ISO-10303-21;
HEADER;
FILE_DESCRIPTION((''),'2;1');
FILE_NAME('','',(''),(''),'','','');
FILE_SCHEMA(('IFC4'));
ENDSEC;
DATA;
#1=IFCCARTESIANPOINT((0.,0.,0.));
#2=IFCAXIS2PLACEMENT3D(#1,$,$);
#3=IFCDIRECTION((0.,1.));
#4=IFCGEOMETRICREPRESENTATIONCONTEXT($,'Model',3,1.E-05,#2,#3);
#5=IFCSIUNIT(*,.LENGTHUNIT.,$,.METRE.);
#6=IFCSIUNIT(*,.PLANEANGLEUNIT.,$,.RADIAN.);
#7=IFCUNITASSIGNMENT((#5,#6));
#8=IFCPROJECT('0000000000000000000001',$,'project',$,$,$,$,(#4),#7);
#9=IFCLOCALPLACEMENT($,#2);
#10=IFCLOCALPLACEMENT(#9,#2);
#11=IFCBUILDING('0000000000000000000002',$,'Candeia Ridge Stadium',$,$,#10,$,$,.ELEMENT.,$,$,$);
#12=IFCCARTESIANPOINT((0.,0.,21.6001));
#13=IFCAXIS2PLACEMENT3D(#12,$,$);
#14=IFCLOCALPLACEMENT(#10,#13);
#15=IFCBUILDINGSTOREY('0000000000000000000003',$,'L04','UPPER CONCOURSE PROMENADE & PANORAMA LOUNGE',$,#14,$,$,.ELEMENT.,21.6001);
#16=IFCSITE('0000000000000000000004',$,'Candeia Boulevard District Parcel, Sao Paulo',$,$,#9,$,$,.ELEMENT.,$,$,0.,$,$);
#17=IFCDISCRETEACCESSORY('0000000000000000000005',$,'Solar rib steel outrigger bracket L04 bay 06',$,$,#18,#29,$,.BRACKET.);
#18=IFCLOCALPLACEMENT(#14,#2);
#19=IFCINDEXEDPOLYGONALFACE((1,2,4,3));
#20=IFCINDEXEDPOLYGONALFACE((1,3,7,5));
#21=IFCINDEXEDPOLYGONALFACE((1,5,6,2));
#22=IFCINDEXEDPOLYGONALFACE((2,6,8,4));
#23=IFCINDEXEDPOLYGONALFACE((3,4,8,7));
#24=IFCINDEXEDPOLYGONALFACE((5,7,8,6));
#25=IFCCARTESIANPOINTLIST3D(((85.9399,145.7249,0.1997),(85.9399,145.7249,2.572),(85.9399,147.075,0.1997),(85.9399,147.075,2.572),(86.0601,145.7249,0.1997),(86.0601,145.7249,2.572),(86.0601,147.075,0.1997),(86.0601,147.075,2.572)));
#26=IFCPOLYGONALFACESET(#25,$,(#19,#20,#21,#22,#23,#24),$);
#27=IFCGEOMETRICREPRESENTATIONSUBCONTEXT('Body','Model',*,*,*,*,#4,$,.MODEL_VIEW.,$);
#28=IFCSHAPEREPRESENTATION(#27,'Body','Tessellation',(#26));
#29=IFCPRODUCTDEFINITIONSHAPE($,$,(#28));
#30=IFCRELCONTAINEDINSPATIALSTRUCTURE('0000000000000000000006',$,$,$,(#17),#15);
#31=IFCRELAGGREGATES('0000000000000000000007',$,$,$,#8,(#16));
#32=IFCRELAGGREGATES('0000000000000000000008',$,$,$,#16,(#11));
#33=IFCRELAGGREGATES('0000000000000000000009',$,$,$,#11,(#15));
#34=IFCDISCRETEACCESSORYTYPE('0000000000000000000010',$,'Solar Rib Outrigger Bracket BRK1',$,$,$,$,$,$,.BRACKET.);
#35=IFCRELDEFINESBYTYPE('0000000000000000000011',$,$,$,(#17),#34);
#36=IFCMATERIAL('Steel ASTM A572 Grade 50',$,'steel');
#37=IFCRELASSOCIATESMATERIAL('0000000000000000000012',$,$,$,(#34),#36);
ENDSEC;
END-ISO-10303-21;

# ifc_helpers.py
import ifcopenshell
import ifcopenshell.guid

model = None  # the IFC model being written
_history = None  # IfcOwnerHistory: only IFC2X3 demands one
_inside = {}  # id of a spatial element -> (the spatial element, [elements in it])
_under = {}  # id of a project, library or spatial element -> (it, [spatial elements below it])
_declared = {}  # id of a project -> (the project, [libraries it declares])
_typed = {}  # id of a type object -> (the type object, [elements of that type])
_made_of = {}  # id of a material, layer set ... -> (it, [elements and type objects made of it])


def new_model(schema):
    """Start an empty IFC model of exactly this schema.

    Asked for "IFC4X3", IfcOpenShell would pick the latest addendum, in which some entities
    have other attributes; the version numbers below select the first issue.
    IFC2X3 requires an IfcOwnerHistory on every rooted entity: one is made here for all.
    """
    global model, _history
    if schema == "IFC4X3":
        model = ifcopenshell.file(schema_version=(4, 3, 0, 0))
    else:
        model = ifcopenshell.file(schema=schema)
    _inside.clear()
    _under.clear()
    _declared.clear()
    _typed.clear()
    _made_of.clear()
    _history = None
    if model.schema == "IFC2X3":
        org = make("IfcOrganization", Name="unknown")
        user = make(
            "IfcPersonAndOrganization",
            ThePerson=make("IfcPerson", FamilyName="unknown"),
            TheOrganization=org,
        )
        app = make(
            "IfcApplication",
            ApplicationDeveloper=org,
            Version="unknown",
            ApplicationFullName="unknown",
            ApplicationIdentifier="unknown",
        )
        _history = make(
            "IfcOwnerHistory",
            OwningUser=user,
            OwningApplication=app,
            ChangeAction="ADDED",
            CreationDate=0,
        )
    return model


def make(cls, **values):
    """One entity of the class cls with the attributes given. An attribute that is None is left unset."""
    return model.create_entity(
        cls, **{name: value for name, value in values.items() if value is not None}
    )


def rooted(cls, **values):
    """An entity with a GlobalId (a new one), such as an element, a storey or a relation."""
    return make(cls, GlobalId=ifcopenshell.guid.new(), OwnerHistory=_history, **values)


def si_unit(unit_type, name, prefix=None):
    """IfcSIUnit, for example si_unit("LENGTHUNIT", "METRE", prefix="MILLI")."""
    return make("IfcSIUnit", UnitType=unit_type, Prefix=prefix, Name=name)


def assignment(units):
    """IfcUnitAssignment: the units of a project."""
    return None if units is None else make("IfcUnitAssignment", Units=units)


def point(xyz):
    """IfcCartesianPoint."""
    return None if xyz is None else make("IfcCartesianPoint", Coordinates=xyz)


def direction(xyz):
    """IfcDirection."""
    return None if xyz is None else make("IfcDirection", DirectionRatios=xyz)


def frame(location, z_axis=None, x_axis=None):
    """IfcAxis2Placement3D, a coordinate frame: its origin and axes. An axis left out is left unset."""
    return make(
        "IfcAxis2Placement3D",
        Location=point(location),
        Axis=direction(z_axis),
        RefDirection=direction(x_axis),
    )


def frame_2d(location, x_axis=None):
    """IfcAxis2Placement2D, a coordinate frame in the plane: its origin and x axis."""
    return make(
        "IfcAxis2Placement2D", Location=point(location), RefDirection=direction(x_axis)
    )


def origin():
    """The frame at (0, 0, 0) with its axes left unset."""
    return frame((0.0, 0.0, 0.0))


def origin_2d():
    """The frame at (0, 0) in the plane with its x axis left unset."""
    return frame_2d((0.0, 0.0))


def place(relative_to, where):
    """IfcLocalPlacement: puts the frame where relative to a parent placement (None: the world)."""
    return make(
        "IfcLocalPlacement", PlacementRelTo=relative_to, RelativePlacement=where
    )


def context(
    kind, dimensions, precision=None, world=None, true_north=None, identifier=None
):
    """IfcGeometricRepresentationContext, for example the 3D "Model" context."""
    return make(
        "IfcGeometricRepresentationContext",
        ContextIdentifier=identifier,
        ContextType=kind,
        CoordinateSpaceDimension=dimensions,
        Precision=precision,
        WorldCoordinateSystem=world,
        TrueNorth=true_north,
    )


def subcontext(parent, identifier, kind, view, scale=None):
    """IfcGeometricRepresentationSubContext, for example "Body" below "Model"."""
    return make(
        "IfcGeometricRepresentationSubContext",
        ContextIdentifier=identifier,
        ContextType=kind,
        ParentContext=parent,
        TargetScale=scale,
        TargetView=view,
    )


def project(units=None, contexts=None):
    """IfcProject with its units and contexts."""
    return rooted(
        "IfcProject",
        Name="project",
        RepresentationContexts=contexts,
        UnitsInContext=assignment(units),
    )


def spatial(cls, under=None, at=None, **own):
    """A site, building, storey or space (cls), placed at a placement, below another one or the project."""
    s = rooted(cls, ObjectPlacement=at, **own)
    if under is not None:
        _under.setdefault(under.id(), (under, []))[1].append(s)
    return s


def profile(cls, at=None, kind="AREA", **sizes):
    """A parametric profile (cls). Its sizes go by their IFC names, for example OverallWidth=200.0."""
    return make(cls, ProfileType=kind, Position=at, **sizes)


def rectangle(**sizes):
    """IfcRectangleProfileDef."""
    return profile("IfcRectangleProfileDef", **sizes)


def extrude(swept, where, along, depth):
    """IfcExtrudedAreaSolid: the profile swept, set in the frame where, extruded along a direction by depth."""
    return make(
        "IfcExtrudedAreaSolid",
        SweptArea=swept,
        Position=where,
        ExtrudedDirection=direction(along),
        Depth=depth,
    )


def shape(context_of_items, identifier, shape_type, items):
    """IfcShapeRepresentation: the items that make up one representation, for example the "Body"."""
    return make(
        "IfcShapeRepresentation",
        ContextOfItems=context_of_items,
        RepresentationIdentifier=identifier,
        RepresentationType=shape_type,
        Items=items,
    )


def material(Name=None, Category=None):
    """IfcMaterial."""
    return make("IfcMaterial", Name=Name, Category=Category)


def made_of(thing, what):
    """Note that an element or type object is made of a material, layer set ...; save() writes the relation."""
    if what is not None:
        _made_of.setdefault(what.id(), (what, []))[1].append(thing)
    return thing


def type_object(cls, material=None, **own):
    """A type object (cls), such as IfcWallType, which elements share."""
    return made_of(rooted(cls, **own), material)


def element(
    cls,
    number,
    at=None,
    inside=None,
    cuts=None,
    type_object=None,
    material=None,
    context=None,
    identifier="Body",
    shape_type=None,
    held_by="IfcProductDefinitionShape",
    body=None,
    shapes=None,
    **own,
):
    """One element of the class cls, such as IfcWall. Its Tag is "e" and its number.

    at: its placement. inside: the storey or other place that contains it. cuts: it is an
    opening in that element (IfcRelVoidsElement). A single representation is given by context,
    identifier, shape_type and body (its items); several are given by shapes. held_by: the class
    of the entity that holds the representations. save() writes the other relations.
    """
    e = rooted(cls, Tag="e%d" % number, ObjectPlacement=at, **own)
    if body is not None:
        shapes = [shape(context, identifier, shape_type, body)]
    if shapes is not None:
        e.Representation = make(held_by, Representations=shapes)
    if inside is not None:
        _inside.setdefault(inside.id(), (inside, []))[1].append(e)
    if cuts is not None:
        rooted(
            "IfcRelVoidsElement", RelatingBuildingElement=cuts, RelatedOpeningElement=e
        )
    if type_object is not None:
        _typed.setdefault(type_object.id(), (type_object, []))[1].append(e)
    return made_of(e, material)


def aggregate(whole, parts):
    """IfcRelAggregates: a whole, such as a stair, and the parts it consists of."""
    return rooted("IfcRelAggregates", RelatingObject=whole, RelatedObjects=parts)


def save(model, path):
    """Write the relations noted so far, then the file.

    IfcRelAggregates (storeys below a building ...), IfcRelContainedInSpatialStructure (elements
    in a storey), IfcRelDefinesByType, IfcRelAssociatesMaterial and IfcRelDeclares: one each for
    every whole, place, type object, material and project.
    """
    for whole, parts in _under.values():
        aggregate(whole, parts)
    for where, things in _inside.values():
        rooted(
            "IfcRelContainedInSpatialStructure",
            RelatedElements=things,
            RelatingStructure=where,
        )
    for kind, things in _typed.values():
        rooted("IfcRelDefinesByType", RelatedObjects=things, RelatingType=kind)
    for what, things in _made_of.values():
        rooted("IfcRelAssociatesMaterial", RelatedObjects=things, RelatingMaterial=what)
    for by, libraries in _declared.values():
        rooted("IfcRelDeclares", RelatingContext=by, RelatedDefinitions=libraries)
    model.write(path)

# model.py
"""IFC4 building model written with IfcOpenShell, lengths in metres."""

from ifc_helpers import new_model, si_unit, direction, frame, origin, origin_2d, place, context, subcontext, project, spatial, rectangle, extrude, material, type_object, element, save


model = new_model("IFC4")

# Units and contexts
model_context = context("Model", 3, precision=1e-05, world=origin(), true_north=direction((0.0, 1.0)))
body_context = subcontext(model_context, "Body", "Model", "MODEL_VIEW")
ifc_project = project(units=[si_unit("LENGTHUNIT", "METRE"), si_unit("PLANEANGLEUNIT", "RADIAN")], contexts=[model_context])

# Site, building, storey
site_placement = place(None, origin())
site = spatial("IfcSite", under=ifc_project, at=site_placement, Name="Candeia Boulevard District Parcel, Sao Paulo", CompositionType="ELEMENT", RefElevation=0.0)
building_placement = place(site_placement, origin())
building = spatial("IfcBuilding", under=site, at=building_placement, Name="Candeia Ridge Stadium", CompositionType="ELEMENT")
storey_placement = place(building_placement, frame((0.0, 0.0, 21.6001)))
storey = spatial("IfcBuildingStorey", under=building, at=storey_placement, Name="L04", Description="UPPER CONCOURSE PROMENADE & PANORAMA LOUNGE", CompositionType="ELEMENT", Elevation=21.6001)

# Shared definitions
ifc_material_1 = material(Name="Steel ASTM A572 Grade 50", Category="steel")

# Discrete accessory
discrete_accessory_type = type_object("IfcDiscreteAccessoryType", Name="Solar Rib Outrigger Bracket BRK1", PredefinedType="BRACKET", material=ifc_material_1)
discrete_accessory_placement = place(storey_placement, frame((86.0, 146.3999, 0.1997), z_axis=(0.0, 0.0, 1.0), x_axis=(0.0, 1.0, 0.0)))
element("IfcDiscreteAccessory", 1, at=discrete_accessory_placement, inside=storey, type_object=discrete_accessory_type, Name="Solar rib steel outrigger bracket L04 bay 06", PredefinedType="BRACKET", context=body_context, shape_type="SweptSolid", body=[
    extrude(rectangle(XDim=1.3501, YDim=0.1201, at=origin_2d()), origin(), (0.0, 0.0, 1.0), 2.3723),
])

save(model, "model.ifc")
